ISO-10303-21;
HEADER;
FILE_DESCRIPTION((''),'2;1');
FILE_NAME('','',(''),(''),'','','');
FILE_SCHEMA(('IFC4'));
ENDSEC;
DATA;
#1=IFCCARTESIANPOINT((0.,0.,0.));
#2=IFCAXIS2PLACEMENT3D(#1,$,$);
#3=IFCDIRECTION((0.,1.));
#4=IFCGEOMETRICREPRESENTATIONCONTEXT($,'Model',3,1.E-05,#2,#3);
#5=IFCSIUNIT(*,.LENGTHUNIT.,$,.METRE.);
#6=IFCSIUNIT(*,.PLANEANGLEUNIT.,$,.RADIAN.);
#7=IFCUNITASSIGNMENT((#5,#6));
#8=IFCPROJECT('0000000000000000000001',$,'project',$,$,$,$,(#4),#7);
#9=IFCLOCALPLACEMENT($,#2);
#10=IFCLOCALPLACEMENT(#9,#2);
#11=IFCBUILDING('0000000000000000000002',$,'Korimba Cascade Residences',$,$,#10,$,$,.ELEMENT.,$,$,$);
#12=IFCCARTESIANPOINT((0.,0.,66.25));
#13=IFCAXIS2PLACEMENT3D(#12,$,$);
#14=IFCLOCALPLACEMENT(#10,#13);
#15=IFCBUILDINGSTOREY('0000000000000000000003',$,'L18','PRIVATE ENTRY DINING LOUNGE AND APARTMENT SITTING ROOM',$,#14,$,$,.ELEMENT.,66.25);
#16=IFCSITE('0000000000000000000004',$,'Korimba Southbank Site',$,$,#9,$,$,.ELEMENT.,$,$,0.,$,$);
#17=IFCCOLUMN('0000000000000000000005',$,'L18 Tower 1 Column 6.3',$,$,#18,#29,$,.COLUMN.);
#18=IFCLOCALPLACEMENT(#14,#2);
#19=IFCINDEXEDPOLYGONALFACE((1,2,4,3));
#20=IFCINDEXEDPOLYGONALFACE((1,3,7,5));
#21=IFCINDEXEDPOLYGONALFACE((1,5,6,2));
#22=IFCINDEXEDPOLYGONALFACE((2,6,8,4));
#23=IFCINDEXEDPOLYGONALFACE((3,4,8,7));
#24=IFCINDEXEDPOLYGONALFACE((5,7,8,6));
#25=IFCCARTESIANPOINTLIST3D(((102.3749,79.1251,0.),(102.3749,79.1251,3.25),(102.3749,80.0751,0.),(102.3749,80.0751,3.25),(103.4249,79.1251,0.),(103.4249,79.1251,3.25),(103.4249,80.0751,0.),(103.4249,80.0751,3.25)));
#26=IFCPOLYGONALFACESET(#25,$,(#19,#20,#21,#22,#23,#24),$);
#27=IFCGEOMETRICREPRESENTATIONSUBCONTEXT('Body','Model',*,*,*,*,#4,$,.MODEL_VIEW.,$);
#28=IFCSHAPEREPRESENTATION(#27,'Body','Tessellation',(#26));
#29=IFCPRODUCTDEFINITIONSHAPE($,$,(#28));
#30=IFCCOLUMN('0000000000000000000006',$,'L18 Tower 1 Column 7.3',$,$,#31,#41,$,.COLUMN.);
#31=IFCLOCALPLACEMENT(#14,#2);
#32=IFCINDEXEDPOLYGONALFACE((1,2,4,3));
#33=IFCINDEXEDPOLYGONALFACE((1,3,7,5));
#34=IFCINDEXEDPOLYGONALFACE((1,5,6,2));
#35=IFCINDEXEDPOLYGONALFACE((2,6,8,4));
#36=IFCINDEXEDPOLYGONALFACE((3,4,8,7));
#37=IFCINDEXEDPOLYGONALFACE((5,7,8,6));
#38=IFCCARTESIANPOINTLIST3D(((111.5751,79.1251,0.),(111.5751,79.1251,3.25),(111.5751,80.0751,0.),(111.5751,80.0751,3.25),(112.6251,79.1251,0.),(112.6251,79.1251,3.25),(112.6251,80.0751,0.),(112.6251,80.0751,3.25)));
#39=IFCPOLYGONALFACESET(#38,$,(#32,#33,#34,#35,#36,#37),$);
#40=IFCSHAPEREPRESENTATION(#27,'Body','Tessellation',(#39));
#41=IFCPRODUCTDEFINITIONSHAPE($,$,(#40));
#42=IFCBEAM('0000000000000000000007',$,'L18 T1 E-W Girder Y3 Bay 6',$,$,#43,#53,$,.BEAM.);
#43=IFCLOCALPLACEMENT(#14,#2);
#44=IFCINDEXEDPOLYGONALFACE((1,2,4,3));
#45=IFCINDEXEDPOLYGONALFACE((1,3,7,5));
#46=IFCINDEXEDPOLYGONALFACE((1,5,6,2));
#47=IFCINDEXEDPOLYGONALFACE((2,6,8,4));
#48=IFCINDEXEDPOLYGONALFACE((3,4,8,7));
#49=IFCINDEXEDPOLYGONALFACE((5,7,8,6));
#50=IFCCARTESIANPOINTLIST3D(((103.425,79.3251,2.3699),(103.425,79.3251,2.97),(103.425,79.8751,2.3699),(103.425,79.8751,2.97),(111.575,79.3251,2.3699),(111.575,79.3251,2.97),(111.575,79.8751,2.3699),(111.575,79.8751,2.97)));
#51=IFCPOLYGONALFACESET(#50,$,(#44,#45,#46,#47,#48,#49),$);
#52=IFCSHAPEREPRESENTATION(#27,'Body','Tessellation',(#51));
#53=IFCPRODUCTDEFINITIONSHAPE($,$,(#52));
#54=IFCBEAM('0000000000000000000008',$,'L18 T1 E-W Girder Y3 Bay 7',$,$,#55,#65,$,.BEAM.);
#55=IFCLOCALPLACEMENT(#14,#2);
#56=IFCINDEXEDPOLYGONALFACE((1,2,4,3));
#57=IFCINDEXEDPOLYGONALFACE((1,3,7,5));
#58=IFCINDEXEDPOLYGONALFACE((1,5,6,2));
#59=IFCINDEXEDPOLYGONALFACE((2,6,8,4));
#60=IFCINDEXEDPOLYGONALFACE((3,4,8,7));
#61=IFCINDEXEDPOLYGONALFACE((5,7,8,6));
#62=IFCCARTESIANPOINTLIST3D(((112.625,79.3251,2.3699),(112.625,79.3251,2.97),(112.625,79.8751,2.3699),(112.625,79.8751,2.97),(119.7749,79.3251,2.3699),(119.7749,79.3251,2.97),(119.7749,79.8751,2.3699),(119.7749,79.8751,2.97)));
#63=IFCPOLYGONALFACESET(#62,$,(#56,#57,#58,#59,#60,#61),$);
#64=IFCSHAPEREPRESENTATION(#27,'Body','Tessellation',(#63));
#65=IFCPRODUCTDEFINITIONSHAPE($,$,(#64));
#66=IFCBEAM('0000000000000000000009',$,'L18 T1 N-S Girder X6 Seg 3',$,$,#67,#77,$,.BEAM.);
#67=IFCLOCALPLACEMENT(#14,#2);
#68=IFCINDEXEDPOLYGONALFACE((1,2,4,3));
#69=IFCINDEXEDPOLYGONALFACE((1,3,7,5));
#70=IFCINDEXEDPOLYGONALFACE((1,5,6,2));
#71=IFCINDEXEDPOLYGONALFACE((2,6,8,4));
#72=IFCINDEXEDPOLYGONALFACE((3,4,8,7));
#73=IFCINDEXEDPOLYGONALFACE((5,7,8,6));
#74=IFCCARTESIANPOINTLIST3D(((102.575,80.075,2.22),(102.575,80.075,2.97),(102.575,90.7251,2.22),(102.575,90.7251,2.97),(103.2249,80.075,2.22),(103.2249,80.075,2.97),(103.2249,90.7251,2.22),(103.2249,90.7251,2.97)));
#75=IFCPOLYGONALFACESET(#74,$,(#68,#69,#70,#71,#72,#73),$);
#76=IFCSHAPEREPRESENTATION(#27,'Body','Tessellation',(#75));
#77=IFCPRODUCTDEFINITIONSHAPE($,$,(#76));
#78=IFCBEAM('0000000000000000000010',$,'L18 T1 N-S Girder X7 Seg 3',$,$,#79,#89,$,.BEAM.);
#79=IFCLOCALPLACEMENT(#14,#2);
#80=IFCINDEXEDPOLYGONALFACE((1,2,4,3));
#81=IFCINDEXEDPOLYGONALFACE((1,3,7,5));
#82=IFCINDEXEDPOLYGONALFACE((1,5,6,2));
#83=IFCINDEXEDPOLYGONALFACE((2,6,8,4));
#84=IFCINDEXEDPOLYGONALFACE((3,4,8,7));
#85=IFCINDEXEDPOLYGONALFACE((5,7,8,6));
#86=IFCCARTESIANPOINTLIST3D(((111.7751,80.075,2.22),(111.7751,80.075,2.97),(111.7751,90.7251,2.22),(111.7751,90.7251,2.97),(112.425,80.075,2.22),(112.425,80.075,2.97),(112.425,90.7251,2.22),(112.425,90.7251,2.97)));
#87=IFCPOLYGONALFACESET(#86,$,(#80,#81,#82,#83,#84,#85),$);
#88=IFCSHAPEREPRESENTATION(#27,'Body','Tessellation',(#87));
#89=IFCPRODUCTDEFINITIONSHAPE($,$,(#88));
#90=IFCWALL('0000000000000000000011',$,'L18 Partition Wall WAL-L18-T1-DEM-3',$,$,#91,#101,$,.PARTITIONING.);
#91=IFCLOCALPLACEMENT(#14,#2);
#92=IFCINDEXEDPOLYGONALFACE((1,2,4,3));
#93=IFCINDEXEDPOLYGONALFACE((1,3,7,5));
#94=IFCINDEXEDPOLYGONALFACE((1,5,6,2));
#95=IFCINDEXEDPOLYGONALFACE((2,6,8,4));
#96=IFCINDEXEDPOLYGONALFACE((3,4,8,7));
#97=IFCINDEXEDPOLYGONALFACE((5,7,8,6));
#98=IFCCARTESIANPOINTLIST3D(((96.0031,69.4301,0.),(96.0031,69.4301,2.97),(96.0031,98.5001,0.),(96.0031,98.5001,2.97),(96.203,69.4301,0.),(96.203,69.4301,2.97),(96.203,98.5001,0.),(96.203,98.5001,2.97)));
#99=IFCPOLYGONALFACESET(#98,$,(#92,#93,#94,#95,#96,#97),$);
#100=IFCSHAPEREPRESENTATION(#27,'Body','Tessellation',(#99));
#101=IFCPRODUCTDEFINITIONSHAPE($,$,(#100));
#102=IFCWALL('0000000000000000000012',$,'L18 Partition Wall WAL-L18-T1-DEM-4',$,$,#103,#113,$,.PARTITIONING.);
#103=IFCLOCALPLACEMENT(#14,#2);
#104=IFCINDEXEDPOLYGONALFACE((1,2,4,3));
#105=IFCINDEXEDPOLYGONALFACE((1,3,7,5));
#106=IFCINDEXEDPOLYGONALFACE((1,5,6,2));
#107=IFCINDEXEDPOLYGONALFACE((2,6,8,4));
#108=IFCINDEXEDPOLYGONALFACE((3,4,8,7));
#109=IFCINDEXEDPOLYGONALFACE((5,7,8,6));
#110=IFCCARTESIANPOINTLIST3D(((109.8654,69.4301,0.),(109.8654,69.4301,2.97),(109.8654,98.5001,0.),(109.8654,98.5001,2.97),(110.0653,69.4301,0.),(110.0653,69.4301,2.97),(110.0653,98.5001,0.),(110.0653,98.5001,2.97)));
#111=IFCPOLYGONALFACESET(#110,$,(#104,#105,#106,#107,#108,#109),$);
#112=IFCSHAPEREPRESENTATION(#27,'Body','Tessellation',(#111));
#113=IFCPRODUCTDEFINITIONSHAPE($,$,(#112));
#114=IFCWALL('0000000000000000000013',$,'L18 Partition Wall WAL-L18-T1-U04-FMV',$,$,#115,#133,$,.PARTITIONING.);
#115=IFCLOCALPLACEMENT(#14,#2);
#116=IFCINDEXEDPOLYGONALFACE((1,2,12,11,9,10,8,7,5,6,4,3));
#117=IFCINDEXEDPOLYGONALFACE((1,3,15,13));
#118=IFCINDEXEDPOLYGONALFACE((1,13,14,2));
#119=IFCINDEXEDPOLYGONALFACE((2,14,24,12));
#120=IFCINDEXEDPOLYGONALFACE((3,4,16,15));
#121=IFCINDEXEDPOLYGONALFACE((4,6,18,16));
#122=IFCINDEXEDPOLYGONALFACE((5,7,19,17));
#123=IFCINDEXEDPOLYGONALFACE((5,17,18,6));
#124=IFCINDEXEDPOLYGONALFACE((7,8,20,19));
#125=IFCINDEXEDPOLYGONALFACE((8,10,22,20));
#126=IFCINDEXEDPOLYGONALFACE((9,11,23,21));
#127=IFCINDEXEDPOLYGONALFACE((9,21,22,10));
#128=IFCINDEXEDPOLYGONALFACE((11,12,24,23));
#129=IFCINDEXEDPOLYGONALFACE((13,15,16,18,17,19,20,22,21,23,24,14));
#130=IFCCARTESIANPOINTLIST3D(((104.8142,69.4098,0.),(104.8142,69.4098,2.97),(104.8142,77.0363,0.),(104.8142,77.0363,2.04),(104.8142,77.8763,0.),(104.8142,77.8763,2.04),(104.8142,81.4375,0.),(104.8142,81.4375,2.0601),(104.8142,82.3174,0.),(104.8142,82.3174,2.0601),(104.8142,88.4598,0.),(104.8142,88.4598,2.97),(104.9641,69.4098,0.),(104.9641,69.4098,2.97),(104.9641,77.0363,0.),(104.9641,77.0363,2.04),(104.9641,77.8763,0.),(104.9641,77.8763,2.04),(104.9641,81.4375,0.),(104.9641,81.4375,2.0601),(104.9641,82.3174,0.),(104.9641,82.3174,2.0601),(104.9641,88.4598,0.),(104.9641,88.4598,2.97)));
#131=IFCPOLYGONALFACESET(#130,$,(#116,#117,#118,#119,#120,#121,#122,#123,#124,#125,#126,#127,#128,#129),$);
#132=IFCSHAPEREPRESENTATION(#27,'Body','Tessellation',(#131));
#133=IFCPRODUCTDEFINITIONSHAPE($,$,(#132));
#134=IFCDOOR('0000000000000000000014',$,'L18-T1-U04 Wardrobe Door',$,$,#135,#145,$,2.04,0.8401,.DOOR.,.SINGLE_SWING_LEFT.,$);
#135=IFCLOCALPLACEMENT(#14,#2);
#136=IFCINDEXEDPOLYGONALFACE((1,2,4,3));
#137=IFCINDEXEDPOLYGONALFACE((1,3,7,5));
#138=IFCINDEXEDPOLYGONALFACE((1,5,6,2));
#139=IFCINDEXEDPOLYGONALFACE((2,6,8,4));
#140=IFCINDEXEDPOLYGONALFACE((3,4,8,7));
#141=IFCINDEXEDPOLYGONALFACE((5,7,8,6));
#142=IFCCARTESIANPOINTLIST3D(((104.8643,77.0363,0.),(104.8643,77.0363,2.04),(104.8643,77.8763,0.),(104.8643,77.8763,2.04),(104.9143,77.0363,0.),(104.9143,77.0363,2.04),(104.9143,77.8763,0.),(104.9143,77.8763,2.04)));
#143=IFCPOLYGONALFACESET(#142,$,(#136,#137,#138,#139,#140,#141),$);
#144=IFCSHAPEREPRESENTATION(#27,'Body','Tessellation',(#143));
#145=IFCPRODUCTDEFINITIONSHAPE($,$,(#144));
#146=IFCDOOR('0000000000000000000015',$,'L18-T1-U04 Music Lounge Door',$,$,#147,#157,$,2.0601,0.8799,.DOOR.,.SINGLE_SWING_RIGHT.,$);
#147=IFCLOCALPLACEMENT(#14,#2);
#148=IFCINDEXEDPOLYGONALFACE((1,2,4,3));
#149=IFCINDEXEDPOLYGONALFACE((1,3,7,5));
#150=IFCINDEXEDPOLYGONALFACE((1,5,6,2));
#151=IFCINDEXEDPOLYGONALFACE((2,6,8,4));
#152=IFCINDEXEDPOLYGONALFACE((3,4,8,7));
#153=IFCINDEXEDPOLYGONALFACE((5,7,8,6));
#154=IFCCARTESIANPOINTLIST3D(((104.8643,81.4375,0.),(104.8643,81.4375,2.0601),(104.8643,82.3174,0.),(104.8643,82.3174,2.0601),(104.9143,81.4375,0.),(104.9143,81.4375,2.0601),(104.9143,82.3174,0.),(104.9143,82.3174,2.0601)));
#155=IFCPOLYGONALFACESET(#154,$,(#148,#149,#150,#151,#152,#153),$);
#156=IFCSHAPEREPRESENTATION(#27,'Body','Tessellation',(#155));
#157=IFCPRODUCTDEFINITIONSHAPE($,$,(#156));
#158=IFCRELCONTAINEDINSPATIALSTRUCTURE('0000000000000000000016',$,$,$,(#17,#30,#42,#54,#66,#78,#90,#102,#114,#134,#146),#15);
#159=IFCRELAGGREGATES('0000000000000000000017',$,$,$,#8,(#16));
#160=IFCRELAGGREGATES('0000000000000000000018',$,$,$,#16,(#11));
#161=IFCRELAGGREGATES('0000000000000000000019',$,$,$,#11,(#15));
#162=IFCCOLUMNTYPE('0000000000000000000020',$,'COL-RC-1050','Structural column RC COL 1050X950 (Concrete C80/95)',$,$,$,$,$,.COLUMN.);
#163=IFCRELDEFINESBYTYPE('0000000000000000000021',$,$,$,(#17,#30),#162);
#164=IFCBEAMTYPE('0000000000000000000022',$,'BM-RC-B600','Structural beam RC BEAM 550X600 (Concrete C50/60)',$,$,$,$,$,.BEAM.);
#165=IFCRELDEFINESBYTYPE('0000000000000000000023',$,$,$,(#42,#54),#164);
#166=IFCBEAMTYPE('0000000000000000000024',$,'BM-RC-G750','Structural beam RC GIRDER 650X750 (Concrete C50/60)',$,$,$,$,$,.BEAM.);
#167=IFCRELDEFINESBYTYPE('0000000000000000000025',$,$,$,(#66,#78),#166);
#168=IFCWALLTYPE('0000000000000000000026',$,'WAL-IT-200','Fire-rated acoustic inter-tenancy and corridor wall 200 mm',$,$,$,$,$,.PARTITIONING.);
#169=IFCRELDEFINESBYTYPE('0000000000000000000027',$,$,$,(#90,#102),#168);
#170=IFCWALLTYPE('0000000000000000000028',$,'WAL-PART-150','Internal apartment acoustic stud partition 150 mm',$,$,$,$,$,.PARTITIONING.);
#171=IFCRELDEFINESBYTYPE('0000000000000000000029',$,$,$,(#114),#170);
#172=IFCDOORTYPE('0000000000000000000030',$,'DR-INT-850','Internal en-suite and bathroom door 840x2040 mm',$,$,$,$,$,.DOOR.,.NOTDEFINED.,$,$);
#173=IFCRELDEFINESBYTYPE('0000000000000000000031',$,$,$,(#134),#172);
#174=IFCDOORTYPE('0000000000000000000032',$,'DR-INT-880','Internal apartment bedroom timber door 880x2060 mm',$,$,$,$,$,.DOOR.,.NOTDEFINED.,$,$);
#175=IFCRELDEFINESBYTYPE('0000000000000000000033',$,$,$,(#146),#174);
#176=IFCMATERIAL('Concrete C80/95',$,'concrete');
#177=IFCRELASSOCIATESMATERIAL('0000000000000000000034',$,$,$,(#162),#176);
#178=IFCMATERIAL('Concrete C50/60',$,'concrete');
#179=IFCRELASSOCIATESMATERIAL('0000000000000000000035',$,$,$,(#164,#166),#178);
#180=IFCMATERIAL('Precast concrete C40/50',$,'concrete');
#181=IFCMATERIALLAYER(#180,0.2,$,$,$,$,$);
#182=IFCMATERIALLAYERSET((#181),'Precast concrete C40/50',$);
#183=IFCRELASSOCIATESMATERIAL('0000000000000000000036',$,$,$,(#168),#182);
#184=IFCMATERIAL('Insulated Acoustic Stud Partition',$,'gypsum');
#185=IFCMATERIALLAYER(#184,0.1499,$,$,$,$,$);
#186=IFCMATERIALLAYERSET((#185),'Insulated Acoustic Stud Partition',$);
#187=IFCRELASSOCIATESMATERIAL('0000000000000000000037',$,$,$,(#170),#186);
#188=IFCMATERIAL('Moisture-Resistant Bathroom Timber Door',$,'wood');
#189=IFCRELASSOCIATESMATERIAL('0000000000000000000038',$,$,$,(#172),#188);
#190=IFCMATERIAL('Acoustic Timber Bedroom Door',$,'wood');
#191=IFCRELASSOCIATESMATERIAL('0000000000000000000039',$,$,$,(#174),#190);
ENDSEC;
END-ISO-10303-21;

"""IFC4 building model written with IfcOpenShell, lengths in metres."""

from ifc_helpers import new_model, si_unit, direction, frame, frame_2d, origin, origin_2d, place, context, subcontext, project, spatial, rectangle, extrude, material, layer, layer_set, material_profile, profile_set, type_object, element, fill, save


model = new_model("IFC4")

# Units and contexts
model_context = context("Model", 3, precision=1e-05, world=origin(), true_north=direction((0.0, 1.0)))
body_context = subcontext(model_context, "Body", "Model", "MODEL_VIEW")
ifc_project = project(units=[si_unit("LENGTHUNIT", "METRE"), si_unit("PLANEANGLEUNIT", "RADIAN")], contexts=[model_context])

# Site, building, storey
site_placement = place(None, origin())
site = spatial("IfcSite", under=ifc_project, at=site_placement, Name="Korimba Southbank Site", CompositionType="ELEMENT", RefElevation=0.0)
building_placement = place(site_placement, origin())
building = spatial("IfcBuilding", under=site, at=building_placement, Name="Korimba Cascade Residences", CompositionType="ELEMENT")
storey_placement = place(building_placement, frame((0.0, 0.0, 66.25)))
storey = spatial("IfcBuildingStorey", under=building, at=storey_placement, Name="L18", Description="PRIVATE ENTRY DINING LOUNGE AND APARTMENT SITTING ROOM", CompositionType="ELEMENT", Elevation=66.25)

# Columns
ifc_material_1 = material(Name="Concrete C80/95", Category="concrete")
ifc_material_profile_1 = material_profile(ifc_material_1, rectangle(XDim=1.05, YDim=0.95, at=origin_2d()), Name="Concrete C80/95")
ifc_profile_set_1 = profile_set([ifc_material_profile_1], Name="Concrete C80/95")
column_type = type_object("IfcColumnType", Name="COL-RC-1050", Description="Structural column RC COL 1050X950 (Concrete C80/95)", PredefinedType="COLUMN", material=ifc_profile_set_1)
for number, where, z_axis, x_axis, name in (
    (1, (102.8999, 79.6001, 0.0), (0.0, 0.0, 1.0), (1.0, 0.0, 0.0), "L18 Tower 1 Column 6.3"),
    (2, (112.1001, 79.6001, 0.0), (0.0, 0.0, 1.0), (1.0, 0.0, 0.0), "L18 Tower 1 Column 7.3"),
):
    element("IfcColumn", number, at=place(storey_placement, frame(where, z_axis=z_axis, x_axis=x_axis)), inside=storey, type_object=column_type, Name=name, PredefinedType="COLUMN", context=body_context, shape_type="SweptSolid", body=[
        extrude(rectangle(XDim=1.05, YDim=0.95, at=origin_2d()), origin(), (0.0, 0.0, 1.0), 3.25),
    ])

# Beams
ifc_material_2 = material(Name="Concrete C50/60", Category="concrete")
ifc_material_profile_2 = material_profile(ifc_material_2, rectangle(XDim=0.55, YDim=0.6001, at=origin_2d()), Name="Concrete C50/60")
ifc_profile_set_2 = profile_set([ifc_material_profile_2], Name="Concrete C50/60")
beam_type_1 = type_object("IfcBeamType", Name="BM-RC-B600", Description="Structural beam RC BEAM 550X600 (Concrete C50/60)", PredefinedType="BEAM", material=ifc_profile_set_2)
beam_1_placement = place(storey_placement, frame((103.425, 79.6001, 2.6699), z_axis=(1.0, 0.0, 0.0), x_axis=(0.0, 1.0, 0.0)))
element("IfcBeam", 3, at=beam_1_placement, inside=storey, type_object=beam_type_1, Name="L18 T1 E-W Girder Y3 Bay 6", PredefinedType="BEAM", context=body_context, shape_type="SweptSolid", body=[
    extrude(rectangle(XDim=0.55, YDim=0.6001, at=origin_2d()), origin(), (0.0, 0.0, 1.0), 8.1499),
])
beam_2_placement = place(storey_placement, frame((112.625, 79.6001, 2.6699), z_axis=(1.0, 0.0, 0.0), x_axis=(0.0, 1.0, 0.0)))
element("IfcBeam", 4, at=beam_2_placement, inside=storey, type_object=beam_type_1, Name="L18 T1 E-W Girder Y3 Bay 7", PredefinedType="BEAM", context=body_context, shape_type="SweptSolid", body=[
    extrude(rectangle(XDim=0.55, YDim=0.6001, at=origin_2d()), origin(), (0.0, 0.0, 1.0), 7.1499),
])
ifc_material_profile_3 = material_profile(ifc_material_2, rectangle(XDim=0.6499, YDim=0.75, at=origin_2d()), Name="Concrete C50/60")
ifc_profile_set_3 = profile_set([ifc_material_profile_3], Name="Concrete C50/60")
beam_type_2 = type_object("IfcBeamType", Name="BM-RC-G750", Description="Structural beam RC GIRDER 650X750 (Concrete C50/60)", PredefinedType="BEAM", material=ifc_profile_set_3)
for number, where, z_axis, x_axis, name in (
    (5, (102.8999, 80.075, 2.595), (0.0, 1.0, 0.0), (-1.0, 0.0, 0.0), "L18 T1 N-S Girder X6 Seg 3"),
    (6, (112.1001, 80.075, 2.595), (0.0, 1.0, 0.0), (-1.0, 0.0, 0.0), "L18 T1 N-S Girder X7 Seg 3"),
):
    element("IfcBeam", number, at=place(storey_placement, frame(where, z_axis=z_axis, x_axis=x_axis)), inside=storey, type_object=beam_type_2, Name=name, PredefinedType="BEAM", context=body_context, shape_type="SweptSolid", body=[
        extrude(rectangle(XDim=0.6499, YDim=0.75, at=origin_2d()), origin(), (0.0, 0.0, 1.0), 10.6501),
    ])

# Walls
ifc_material_3 = material(Name="Precast concrete C40/50", Category="concrete")
ifc_layer_1 = layer(ifc_material_3, 0.2)
ifc_layer_set_1 = layer_set([ifc_layer_1], Name="Precast concrete C40/50")
wall_type_1 = type_object("IfcWallType", Name="WAL-IT-200", Description="Fire-rated acoustic inter-tenancy and corridor wall 200 mm", PredefinedType="PARTITIONING", material=ifc_layer_set_1)
for number, where, z_axis, x_axis, name in (
    (7, (96.103, 69.4299, 0.0), (0.0, 0.0, 1.0), (0.0, 1.0, 0.0), "L18 Partition Wall WAL-L18-T1-DEM-3"),
    (8, (109.9653, 69.4299, 0.0), (0.0, 0.0, 1.0), (0.0, 1.0, 0.0), "L18 Partition Wall WAL-L18-T1-DEM-4"),
):
    element("IfcWall", number, at=place(storey_placement, frame(where, z_axis=z_axis, x_axis=x_axis)), inside=storey, type_object=wall_type_1, Name=name, PredefinedType="PARTITIONING", context=body_context, shape_type="SweptSolid", body=[
        extrude(rectangle(XDim=29.0701, YDim=0.2, at=frame_2d((14.5352, 0.0))), origin(), (0.0, 0.0, 1.0), 2.97),
    ])

# Wall, openings, doors
ifc_material_4 = material(Name="Insulated Acoustic Stud Partition", Category="gypsum")
ifc_layer_2 = layer(ifc_material_4, 0.1499)
ifc_layer_set_2 = layer_set([ifc_layer_2], Name="Insulated Acoustic Stud Partition")
wall_type_2 = type_object("IfcWallType", Name="WAL-PART-150", Description="Internal apartment acoustic stud partition 150 mm", PredefinedType="PARTITIONING", material=ifc_layer_set_2)
wall_1_placement = place(storey_placement, frame((104.8892, 69.4099, 0.0), z_axis=(0.0, 0.0, 1.0), x_axis=(0.0, 1.0, 0.0)))
wall_1 = element("IfcWall", 9, at=wall_1_placement, inside=storey, type_object=wall_type_2, Name="L18 Partition Wall WAL-L18-T1-U04-FMV", PredefinedType="PARTITIONING", context=body_context, shape_type="SweptSolid", body=[
    extrude(rectangle(XDim=19.05, YDim=0.1499, at=frame_2d((9.5249, 0.0))), origin(), (0.0, 0.0, 1.0), 2.97),
])
opening_1_placement = place(wall_1_placement, frame((7.6265, 0.0, 0.0)))
opening_1 = element("IfcOpeningElement", 10, at=opening_1_placement, cuts=wall_1, PredefinedType="OPENING", context=body_context, shape_type="SweptSolid", body=[
    extrude(rectangle(XDim=0.8401, YDim=2.04, at=frame_2d((0.4199, 1.02))), frame((0.0, 0.085, 0.0), z_axis=(0.0, -1.0, 0.0), x_axis=(1.0, 0.0, 0.0)), (0.0, 0.0, 1.0), 0.1699),
])
opening_2_placement = place(wall_1_placement, frame((12.0276, 0.0, 0.0)))
opening_2 = element("IfcOpeningElement", 11, at=opening_2_placement, cuts=wall_1, PredefinedType="OPENING", context=body_context, shape_type="SweptSolid", body=[
    extrude(rectangle(XDim=0.8799, YDim=2.0601, at=frame_2d((0.4399, 1.03))), frame((0.0, 0.085, 0.0), z_axis=(0.0, -1.0, 0.0), x_axis=(1.0, 0.0, 0.0)), (0.0, 0.0, 1.0), 0.1699),
])
ifc_material_5 = material(Name="Moisture-Resistant Bathroom Timber Door", Category="wood")
door_type_1 = type_object("IfcDoorType", Name="DR-INT-850", Description="Internal en-suite and bathroom door 840x2040 mm", OperationType="NOTDEFINED", PredefinedType="DOOR", material=ifc_material_5)
door_1_placement = place(opening_1_placement, origin())
door_1 = element("IfcDoor", 12, at=door_1_placement, inside=storey, type_object=door_type_1, Name="L18-T1-U04 Wardrobe Door", OperationType="SINGLE_SWING_LEFT", OverallHeight=2.04, OverallWidth=0.8401, PredefinedType="DOOR", context=body_context, shape_type="SweptSolid", body=[
    extrude(rectangle(XDim=0.8401, YDim=2.04, at=frame_2d((0.4199, 1.02))), frame((0.0, 0.0249, 0.0), z_axis=(0.0, -1.0, 0.0), x_axis=(1.0, 0.0, 0.0)), (0.0, 0.0, 1.0), 0.05),
])
fill(opening_1, door_1)
ifc_material_6 = material(Name="Acoustic Timber Bedroom Door", Category="wood")
door_type_2 = type_object("IfcDoorType", Name="DR-INT-880", Description="Internal apartment bedroom timber door 880x2060 mm", OperationType="NOTDEFINED", PredefinedType="DOOR", material=ifc_material_6)
door_2_placement = place(opening_2_placement, origin())
door_2 = element("IfcDoor", 13, at=door_2_placement, inside=storey, type_object=door_type_2, Name="L18-T1-U04 Music Lounge Door", OperationType="SINGLE_SWING_RIGHT", OverallHeight=2.0601, OverallWidth=0.8799, PredefinedType="DOOR", context=body_context, shape_type="SweptSolid", body=[
    extrude(rectangle(XDim=0.8799, YDim=2.0601, at=frame_2d((0.4399, 1.03))), frame((0.0, 0.0249, 0.0), z_axis=(0.0, -1.0, 0.0), x_axis=(1.0, 0.0, 0.0)), (0.0, 0.0, 1.0), 0.05),
])
fill(opening_2, door_2)

save(model, "model.ifc")
